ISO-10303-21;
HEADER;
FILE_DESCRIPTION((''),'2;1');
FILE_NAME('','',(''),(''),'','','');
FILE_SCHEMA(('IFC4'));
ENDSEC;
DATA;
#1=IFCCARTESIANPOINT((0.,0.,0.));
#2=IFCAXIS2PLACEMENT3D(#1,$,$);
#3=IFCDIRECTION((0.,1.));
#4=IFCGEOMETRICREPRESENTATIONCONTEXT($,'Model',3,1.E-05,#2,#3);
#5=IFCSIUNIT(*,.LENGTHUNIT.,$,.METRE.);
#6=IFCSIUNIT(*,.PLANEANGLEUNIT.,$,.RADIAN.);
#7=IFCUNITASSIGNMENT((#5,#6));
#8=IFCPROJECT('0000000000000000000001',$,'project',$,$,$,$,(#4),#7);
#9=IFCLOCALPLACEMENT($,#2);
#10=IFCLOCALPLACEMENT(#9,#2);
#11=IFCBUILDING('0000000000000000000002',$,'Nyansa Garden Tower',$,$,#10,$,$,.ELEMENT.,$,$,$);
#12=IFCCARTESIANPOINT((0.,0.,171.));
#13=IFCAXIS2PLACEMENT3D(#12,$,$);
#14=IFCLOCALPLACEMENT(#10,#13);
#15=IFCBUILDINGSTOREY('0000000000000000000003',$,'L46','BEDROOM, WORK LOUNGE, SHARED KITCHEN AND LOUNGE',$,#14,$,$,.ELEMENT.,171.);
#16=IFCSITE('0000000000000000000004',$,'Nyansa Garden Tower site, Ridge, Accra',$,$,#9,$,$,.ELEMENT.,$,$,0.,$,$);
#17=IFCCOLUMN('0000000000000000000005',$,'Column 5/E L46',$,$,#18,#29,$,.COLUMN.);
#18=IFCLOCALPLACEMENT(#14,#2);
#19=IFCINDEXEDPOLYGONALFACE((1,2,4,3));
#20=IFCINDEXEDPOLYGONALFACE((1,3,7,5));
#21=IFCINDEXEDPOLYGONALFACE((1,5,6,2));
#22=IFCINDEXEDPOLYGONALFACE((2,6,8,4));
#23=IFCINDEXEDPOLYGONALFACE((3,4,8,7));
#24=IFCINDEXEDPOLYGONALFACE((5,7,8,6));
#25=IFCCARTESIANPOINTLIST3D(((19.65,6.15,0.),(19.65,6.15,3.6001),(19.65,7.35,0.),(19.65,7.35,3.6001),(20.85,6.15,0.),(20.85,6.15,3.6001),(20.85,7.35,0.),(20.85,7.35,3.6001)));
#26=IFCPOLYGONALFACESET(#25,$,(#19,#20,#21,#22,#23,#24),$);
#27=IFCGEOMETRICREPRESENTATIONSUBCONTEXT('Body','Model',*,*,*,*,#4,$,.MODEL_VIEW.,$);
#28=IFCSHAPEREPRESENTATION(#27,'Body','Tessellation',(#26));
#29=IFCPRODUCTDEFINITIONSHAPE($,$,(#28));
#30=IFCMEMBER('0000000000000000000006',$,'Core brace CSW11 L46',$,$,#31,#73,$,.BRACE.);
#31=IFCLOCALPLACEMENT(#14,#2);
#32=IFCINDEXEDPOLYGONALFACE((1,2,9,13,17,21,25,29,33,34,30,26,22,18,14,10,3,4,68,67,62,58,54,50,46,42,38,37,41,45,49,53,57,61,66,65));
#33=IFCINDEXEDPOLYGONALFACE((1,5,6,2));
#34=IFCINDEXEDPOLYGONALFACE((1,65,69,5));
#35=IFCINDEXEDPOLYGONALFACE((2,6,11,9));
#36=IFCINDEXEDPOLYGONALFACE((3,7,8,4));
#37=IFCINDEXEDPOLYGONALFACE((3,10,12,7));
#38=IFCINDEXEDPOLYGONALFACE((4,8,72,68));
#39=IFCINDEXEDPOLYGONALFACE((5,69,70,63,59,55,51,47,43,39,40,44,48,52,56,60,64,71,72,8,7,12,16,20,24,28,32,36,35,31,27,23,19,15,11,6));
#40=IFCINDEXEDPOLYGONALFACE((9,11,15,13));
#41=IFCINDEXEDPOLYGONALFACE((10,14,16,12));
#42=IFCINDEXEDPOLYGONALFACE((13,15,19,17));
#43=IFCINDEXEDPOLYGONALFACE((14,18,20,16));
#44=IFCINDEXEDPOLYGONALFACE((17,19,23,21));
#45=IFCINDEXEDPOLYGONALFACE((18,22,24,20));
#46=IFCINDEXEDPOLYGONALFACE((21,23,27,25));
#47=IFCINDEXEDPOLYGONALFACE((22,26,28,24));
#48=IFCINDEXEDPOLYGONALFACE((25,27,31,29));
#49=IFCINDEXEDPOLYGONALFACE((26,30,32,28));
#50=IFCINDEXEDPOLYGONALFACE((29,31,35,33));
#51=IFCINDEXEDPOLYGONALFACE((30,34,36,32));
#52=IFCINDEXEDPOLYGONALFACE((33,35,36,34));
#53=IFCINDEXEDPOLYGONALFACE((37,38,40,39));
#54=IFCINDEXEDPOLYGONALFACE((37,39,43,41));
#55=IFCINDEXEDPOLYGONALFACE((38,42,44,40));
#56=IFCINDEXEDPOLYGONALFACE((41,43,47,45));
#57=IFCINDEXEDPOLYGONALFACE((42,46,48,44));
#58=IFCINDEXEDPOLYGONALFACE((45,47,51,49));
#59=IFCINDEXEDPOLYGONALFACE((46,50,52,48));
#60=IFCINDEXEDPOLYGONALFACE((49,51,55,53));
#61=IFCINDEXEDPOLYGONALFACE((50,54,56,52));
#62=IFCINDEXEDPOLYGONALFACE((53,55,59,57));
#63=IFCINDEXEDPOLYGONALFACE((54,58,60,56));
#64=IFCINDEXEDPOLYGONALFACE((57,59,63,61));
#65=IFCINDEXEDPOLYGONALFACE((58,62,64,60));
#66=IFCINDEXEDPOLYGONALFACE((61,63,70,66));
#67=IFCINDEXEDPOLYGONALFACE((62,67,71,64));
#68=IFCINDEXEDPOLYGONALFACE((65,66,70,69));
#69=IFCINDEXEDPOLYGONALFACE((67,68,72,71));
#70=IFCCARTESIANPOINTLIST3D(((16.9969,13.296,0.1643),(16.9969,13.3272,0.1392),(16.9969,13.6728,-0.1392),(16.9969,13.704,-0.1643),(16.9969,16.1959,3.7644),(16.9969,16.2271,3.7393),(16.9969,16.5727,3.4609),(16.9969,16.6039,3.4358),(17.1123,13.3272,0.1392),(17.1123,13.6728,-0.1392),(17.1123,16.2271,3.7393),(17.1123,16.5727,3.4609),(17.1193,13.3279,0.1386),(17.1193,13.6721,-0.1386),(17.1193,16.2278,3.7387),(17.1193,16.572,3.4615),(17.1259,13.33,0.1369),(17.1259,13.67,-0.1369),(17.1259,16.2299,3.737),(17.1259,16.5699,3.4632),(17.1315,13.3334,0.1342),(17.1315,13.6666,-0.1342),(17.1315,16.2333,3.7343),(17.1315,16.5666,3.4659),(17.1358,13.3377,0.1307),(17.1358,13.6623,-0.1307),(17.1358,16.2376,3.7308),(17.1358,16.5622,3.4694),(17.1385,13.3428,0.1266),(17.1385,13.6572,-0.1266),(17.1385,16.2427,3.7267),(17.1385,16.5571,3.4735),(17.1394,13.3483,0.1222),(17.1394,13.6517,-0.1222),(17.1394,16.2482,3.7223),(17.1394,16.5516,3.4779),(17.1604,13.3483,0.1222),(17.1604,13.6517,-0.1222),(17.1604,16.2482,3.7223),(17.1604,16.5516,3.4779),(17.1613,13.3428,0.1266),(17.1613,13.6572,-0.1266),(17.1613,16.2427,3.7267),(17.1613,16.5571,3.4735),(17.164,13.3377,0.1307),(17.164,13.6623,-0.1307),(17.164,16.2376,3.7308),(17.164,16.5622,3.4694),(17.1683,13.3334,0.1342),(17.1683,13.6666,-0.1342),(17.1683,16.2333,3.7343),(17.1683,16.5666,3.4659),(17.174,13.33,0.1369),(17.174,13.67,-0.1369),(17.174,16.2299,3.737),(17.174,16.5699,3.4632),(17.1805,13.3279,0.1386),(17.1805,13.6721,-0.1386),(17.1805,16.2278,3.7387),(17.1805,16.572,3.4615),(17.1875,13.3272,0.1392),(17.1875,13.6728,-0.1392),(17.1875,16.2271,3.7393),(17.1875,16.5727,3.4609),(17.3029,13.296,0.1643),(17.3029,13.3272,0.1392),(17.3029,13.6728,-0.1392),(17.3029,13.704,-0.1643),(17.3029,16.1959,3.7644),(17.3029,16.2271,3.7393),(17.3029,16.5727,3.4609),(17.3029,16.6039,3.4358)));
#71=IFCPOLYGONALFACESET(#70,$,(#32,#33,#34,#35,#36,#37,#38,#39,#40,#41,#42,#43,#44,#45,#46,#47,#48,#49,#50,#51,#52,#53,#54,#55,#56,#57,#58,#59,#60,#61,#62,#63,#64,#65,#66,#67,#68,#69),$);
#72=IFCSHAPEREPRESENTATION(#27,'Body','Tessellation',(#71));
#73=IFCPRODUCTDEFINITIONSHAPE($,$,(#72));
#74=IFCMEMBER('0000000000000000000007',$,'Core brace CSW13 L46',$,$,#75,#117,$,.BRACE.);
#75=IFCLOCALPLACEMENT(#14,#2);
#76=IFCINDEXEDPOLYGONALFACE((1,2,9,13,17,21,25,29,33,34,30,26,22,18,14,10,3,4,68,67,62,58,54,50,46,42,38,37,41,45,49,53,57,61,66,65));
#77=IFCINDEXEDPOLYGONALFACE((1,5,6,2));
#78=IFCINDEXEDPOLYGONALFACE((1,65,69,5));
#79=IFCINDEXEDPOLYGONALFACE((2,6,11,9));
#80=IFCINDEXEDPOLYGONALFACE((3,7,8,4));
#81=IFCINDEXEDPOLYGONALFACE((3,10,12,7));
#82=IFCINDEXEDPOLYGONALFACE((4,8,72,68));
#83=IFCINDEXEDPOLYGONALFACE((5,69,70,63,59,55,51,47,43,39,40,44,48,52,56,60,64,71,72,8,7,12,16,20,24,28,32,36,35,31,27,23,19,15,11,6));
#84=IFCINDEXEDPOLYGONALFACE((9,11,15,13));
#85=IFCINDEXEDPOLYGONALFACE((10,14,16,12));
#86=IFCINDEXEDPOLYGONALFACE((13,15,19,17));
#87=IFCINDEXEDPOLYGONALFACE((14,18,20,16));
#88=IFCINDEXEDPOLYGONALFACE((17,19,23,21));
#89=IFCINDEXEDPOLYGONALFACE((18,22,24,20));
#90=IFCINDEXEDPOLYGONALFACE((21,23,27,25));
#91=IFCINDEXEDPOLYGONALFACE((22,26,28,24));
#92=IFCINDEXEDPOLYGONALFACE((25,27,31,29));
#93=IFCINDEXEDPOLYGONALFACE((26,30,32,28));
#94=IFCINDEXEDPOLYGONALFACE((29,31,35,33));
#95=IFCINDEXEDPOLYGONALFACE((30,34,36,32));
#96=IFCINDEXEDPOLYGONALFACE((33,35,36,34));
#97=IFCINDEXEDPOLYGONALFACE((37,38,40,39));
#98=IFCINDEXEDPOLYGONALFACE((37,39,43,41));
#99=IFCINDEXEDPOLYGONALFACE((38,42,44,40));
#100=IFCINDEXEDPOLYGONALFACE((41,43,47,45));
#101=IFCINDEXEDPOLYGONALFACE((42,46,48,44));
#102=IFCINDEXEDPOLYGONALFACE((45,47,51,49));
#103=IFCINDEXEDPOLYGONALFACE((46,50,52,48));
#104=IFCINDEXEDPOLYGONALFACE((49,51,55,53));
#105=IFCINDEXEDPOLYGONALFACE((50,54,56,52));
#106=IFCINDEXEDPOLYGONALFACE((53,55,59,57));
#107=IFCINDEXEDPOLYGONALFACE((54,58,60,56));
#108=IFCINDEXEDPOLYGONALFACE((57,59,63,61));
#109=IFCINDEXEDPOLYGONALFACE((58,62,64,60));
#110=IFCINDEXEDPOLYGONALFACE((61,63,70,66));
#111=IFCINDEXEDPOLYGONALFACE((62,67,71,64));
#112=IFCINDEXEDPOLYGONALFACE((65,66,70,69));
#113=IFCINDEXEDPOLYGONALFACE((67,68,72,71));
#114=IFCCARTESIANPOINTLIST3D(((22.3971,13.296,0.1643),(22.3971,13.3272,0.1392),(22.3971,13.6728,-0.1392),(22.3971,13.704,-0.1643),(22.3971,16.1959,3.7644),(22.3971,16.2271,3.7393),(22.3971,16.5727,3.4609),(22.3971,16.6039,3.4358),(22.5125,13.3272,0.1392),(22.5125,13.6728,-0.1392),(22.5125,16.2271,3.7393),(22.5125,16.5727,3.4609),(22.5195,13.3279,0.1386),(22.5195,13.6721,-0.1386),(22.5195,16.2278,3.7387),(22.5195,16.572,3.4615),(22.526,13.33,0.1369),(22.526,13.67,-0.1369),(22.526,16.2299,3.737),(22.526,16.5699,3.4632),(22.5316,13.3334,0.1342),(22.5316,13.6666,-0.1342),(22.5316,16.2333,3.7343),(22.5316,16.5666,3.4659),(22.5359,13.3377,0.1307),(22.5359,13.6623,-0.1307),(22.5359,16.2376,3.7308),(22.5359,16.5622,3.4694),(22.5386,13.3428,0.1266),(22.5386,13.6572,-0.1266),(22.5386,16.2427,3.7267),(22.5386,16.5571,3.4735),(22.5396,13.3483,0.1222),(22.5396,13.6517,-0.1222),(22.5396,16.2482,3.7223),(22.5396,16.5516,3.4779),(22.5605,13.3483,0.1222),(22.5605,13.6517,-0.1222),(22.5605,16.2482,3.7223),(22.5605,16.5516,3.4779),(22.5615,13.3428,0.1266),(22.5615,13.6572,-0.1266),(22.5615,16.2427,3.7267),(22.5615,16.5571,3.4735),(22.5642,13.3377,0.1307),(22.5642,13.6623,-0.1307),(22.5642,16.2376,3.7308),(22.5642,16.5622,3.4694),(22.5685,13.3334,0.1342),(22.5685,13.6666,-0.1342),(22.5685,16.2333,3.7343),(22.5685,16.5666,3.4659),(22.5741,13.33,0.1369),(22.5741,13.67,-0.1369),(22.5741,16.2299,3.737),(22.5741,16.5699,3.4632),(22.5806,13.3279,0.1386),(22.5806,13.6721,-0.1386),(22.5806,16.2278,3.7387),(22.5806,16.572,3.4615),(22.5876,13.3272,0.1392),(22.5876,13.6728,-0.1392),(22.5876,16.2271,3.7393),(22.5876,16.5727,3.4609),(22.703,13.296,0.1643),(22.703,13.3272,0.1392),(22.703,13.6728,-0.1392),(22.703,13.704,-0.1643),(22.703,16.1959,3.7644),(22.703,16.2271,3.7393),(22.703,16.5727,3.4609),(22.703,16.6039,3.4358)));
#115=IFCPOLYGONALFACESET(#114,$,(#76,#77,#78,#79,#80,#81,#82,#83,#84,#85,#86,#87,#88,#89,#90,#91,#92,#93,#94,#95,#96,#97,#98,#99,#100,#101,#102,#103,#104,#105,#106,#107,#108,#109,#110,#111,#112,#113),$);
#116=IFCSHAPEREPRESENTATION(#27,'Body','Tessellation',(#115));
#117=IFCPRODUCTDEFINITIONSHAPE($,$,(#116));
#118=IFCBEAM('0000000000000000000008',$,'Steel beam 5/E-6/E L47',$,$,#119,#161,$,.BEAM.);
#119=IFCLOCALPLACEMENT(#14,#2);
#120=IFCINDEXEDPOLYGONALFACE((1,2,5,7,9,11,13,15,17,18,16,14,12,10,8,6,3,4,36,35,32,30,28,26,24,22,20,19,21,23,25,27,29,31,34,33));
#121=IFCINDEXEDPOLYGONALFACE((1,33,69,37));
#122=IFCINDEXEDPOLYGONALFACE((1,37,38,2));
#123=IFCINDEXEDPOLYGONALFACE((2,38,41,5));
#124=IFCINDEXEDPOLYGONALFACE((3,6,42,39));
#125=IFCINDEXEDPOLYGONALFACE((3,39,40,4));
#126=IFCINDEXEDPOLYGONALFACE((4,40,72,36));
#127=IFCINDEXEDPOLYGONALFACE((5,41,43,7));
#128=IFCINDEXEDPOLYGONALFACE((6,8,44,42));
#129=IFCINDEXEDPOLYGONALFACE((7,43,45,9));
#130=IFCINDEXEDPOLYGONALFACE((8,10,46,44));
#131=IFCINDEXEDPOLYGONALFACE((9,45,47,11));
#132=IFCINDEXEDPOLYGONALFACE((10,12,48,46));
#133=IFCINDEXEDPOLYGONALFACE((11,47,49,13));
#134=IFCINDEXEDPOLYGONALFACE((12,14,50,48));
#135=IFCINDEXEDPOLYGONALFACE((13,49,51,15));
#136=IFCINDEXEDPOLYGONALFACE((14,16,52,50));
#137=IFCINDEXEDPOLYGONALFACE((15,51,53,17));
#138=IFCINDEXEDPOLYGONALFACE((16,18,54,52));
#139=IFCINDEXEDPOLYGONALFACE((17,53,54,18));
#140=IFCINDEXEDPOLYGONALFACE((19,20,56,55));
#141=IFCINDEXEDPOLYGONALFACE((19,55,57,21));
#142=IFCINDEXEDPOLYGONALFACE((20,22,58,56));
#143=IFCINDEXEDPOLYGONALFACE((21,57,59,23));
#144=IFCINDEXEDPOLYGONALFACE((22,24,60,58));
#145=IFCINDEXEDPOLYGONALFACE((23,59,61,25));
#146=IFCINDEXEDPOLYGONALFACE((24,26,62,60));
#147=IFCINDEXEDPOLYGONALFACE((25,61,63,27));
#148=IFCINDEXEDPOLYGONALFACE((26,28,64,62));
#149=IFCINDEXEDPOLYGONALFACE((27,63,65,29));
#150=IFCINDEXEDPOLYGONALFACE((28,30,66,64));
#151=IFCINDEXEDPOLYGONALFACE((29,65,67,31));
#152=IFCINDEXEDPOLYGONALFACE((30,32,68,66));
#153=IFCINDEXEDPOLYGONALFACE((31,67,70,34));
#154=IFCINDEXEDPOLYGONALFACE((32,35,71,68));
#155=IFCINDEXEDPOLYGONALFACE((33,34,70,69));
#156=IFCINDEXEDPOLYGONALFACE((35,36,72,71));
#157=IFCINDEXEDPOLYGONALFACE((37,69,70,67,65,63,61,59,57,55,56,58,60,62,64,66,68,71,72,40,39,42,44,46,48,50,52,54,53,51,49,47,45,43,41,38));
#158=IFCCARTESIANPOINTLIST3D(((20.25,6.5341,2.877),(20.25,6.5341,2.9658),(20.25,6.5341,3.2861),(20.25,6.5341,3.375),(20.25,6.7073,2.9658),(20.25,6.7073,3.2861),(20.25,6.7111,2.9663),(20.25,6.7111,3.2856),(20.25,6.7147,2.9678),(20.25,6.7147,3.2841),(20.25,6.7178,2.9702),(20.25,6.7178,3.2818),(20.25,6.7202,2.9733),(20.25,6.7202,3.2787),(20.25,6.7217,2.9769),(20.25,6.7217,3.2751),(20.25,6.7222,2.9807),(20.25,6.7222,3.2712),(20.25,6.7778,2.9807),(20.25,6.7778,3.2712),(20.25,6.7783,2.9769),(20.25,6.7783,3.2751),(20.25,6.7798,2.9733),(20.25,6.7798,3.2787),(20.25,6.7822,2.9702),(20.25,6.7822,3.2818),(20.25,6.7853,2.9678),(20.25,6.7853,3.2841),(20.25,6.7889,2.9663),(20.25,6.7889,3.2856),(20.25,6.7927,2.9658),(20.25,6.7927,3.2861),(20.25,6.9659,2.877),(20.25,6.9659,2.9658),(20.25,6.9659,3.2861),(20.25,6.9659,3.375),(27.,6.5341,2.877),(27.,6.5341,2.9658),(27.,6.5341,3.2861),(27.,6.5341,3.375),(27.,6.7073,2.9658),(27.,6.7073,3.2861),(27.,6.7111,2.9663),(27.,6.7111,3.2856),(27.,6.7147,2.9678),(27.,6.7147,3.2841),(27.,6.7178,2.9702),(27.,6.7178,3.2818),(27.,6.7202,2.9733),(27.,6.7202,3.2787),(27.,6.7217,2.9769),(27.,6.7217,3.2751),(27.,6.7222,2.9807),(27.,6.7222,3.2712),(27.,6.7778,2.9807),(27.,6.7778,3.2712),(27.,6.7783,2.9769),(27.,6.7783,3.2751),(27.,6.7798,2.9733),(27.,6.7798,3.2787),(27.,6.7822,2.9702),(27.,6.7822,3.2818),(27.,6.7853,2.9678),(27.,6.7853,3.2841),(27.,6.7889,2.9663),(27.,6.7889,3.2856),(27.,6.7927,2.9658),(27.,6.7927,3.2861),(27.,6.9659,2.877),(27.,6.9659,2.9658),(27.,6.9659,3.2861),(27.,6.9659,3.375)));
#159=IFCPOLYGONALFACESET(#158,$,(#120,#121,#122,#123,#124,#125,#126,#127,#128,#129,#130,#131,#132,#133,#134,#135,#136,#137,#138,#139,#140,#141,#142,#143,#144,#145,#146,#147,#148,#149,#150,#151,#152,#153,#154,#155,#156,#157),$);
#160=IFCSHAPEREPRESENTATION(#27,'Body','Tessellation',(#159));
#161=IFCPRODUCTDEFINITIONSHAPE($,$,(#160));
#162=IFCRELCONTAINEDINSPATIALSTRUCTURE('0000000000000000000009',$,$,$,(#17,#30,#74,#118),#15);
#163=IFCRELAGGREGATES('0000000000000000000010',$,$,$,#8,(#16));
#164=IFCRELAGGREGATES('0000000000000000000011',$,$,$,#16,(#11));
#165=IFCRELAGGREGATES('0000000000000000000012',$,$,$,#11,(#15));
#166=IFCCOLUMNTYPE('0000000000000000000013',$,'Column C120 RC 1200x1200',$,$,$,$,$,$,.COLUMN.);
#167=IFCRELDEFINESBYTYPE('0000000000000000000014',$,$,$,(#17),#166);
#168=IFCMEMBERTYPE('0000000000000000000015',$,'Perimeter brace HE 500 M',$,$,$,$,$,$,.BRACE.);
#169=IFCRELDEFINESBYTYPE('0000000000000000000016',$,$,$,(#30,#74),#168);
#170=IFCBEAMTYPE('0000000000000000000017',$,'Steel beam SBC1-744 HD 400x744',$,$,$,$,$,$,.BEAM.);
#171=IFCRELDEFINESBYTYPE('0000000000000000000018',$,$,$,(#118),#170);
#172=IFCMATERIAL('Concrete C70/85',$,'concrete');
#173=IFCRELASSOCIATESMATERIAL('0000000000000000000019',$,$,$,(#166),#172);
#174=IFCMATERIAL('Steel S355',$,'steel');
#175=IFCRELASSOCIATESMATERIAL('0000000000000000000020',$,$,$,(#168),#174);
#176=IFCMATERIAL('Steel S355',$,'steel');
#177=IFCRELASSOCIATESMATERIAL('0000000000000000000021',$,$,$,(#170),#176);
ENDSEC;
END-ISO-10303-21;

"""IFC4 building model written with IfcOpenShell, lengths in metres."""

from ifc_helpers import new_model, si_unit, direction, frame, origin, origin_2d, place, context, subcontext, project, spatial, rectangle, i_section, extrude, material, material_profile, profile_set, type_object, element, save


model = new_model("IFC4")

# Units and contexts
model_context = context("Model", 3, precision=1e-05, world=origin(), true_north=direction((0.0, 1.0)))
body_context = subcontext(model_context, "Body", "Model", "MODEL_VIEW")
ifc_project = project(units=[si_unit("LENGTHUNIT", "METRE"), si_unit("PLANEANGLEUNIT", "RADIAN")], contexts=[model_context])

# Site, building, storey
site_placement = place(None, origin())
site = spatial("IfcSite", under=ifc_project, at=site_placement, Name="Nyansa Garden Tower site, Ridge, Accra", CompositionType="ELEMENT", RefElevation=0.0)
building_placement = place(site_placement, origin())
building = spatial("IfcBuilding", under=site, at=building_placement, Name="Nyansa Garden Tower", CompositionType="ELEMENT")
storey_placement = place(building_placement, frame((0.0, 0.0, 171.0)))
storey = spatial("IfcBuildingStorey", under=building, at=storey_placement, Name="L46", Description="BEDROOM, WORK LOUNGE, SHARED KITCHEN AND LOUNGE", CompositionType="ELEMENT", Elevation=171.0)

# Column
ifc_material_1 = material(Name="Concrete C70/85", Category="concrete")
ifc_material_profile_1 = material_profile(ifc_material_1, rectangle(XDim=1.2, YDim=1.2, at=origin_2d()), Name="RC 1200x1200")
ifc_profile_set_1 = profile_set([ifc_material_profile_1], Name="Concrete C70/85")
column_type = type_object("IfcColumnType", Name="Column C120 RC 1200x1200", PredefinedType="COLUMN", material=ifc_profile_set_1)
column_placement = place(storey_placement, frame((20.25, 6.75, 0.0), z_axis=(0.0, 0.0, 1.0), x_axis=(1.0, 0.0, 0.0)))
element("IfcColumn", 1, at=column_placement, inside=storey, type_object=column_type, Name="Column 5/E L46", PredefinedType="COLUMN", context=body_context, shape_type="SweptSolid", body=[
    extrude(rectangle(XDim=1.2, YDim=1.2, at=origin_2d()), origin(), (0.0, 0.0, 1.0), 3.6001),
])

# Members
ifc_material_2 = material(Name="Steel S355", Category="steel")
ifc_material_profile_2 = material_profile(ifc_material_2, i_section(OverallWidth=0.3059, OverallDepth=0.5239, WebThickness=0.021, FlangeThickness=0.04, FilletRadius=0.0271, at=origin_2d()), Name="HE 500 M")
ifc_profile_set_2 = profile_set([ifc_material_profile_2], Name="Steel S355")
member_type = type_object("IfcMemberType", Name="Perimeter brace HE 500 M", PredefinedType="BRACE", material=ifc_profile_set_2)
for number, where, z_axis, x_axis, name in (
    (2, (17.1499, 13.5, 0.0), (0.0, 0.627306, 0.778773), (-1.0, 0.0, 0.0), "Core brace CSW11 L46"),
    (3, (22.55, 13.5, 0.0), (0.0, 0.627306, 0.778773), (-1.0, 0.0, 0.0), "Core brace CSW13 L46"),
):
    element("IfcMember", number, at=place(storey_placement, frame(where, z_axis=z_axis, x_axis=x_axis)), inside=storey, type_object=member_type, Name=name, PredefinedType="BRACE", context=body_context, shape_type="SweptSolid", body=[
        extrude(i_section(OverallWidth=0.3059, OverallDepth=0.5239, WebThickness=0.021, FlangeThickness=0.04, FilletRadius=0.0271, at=origin_2d()), origin(), (0.0, 0.0, 1.0), 4.6228),
    ])

# Beam
ifc_material_3 = material(Name="Steel S355", Category="steel")
ifc_material_profile_3 = material_profile(ifc_material_3, i_section(OverallWidth=0.4319, OverallDepth=0.498, WebThickness=0.0557, FlangeThickness=0.0889, FilletRadius=0.0149, at=origin_2d()), Name="HD 400x744")
ifc_profile_set_3 = profile_set([ifc_material_profile_3], Name="Steel S355")
beam_type_1 = type_object("IfcBeamType", Name="Steel beam SBC1-744 HD 400x744", PredefinedType="BEAM", material=ifc_profile_set_3)
beam_1_placement = place(storey_placement, frame((20.25, 6.75, 3.126), z_axis=(1.0, 0.0, 0.0), x_axis=(0.0, 1.0, 0.0)))
element("IfcBeam", 4, at=beam_1_placement, inside=storey, type_object=beam_type_1, Name="Steel beam 5/E-6/E L47", PredefinedType="BEAM", context=body_context, shape_type="SweptSolid", body=[
    extrude(i_section(OverallWidth=0.4319, OverallDepth=0.498, WebThickness=0.0557, FlangeThickness=0.0889, FilletRadius=0.0149, at=origin_2d()), origin(), (0.0, 0.0, 1.0), 6.75),
])

save(model, "model.ifc")
